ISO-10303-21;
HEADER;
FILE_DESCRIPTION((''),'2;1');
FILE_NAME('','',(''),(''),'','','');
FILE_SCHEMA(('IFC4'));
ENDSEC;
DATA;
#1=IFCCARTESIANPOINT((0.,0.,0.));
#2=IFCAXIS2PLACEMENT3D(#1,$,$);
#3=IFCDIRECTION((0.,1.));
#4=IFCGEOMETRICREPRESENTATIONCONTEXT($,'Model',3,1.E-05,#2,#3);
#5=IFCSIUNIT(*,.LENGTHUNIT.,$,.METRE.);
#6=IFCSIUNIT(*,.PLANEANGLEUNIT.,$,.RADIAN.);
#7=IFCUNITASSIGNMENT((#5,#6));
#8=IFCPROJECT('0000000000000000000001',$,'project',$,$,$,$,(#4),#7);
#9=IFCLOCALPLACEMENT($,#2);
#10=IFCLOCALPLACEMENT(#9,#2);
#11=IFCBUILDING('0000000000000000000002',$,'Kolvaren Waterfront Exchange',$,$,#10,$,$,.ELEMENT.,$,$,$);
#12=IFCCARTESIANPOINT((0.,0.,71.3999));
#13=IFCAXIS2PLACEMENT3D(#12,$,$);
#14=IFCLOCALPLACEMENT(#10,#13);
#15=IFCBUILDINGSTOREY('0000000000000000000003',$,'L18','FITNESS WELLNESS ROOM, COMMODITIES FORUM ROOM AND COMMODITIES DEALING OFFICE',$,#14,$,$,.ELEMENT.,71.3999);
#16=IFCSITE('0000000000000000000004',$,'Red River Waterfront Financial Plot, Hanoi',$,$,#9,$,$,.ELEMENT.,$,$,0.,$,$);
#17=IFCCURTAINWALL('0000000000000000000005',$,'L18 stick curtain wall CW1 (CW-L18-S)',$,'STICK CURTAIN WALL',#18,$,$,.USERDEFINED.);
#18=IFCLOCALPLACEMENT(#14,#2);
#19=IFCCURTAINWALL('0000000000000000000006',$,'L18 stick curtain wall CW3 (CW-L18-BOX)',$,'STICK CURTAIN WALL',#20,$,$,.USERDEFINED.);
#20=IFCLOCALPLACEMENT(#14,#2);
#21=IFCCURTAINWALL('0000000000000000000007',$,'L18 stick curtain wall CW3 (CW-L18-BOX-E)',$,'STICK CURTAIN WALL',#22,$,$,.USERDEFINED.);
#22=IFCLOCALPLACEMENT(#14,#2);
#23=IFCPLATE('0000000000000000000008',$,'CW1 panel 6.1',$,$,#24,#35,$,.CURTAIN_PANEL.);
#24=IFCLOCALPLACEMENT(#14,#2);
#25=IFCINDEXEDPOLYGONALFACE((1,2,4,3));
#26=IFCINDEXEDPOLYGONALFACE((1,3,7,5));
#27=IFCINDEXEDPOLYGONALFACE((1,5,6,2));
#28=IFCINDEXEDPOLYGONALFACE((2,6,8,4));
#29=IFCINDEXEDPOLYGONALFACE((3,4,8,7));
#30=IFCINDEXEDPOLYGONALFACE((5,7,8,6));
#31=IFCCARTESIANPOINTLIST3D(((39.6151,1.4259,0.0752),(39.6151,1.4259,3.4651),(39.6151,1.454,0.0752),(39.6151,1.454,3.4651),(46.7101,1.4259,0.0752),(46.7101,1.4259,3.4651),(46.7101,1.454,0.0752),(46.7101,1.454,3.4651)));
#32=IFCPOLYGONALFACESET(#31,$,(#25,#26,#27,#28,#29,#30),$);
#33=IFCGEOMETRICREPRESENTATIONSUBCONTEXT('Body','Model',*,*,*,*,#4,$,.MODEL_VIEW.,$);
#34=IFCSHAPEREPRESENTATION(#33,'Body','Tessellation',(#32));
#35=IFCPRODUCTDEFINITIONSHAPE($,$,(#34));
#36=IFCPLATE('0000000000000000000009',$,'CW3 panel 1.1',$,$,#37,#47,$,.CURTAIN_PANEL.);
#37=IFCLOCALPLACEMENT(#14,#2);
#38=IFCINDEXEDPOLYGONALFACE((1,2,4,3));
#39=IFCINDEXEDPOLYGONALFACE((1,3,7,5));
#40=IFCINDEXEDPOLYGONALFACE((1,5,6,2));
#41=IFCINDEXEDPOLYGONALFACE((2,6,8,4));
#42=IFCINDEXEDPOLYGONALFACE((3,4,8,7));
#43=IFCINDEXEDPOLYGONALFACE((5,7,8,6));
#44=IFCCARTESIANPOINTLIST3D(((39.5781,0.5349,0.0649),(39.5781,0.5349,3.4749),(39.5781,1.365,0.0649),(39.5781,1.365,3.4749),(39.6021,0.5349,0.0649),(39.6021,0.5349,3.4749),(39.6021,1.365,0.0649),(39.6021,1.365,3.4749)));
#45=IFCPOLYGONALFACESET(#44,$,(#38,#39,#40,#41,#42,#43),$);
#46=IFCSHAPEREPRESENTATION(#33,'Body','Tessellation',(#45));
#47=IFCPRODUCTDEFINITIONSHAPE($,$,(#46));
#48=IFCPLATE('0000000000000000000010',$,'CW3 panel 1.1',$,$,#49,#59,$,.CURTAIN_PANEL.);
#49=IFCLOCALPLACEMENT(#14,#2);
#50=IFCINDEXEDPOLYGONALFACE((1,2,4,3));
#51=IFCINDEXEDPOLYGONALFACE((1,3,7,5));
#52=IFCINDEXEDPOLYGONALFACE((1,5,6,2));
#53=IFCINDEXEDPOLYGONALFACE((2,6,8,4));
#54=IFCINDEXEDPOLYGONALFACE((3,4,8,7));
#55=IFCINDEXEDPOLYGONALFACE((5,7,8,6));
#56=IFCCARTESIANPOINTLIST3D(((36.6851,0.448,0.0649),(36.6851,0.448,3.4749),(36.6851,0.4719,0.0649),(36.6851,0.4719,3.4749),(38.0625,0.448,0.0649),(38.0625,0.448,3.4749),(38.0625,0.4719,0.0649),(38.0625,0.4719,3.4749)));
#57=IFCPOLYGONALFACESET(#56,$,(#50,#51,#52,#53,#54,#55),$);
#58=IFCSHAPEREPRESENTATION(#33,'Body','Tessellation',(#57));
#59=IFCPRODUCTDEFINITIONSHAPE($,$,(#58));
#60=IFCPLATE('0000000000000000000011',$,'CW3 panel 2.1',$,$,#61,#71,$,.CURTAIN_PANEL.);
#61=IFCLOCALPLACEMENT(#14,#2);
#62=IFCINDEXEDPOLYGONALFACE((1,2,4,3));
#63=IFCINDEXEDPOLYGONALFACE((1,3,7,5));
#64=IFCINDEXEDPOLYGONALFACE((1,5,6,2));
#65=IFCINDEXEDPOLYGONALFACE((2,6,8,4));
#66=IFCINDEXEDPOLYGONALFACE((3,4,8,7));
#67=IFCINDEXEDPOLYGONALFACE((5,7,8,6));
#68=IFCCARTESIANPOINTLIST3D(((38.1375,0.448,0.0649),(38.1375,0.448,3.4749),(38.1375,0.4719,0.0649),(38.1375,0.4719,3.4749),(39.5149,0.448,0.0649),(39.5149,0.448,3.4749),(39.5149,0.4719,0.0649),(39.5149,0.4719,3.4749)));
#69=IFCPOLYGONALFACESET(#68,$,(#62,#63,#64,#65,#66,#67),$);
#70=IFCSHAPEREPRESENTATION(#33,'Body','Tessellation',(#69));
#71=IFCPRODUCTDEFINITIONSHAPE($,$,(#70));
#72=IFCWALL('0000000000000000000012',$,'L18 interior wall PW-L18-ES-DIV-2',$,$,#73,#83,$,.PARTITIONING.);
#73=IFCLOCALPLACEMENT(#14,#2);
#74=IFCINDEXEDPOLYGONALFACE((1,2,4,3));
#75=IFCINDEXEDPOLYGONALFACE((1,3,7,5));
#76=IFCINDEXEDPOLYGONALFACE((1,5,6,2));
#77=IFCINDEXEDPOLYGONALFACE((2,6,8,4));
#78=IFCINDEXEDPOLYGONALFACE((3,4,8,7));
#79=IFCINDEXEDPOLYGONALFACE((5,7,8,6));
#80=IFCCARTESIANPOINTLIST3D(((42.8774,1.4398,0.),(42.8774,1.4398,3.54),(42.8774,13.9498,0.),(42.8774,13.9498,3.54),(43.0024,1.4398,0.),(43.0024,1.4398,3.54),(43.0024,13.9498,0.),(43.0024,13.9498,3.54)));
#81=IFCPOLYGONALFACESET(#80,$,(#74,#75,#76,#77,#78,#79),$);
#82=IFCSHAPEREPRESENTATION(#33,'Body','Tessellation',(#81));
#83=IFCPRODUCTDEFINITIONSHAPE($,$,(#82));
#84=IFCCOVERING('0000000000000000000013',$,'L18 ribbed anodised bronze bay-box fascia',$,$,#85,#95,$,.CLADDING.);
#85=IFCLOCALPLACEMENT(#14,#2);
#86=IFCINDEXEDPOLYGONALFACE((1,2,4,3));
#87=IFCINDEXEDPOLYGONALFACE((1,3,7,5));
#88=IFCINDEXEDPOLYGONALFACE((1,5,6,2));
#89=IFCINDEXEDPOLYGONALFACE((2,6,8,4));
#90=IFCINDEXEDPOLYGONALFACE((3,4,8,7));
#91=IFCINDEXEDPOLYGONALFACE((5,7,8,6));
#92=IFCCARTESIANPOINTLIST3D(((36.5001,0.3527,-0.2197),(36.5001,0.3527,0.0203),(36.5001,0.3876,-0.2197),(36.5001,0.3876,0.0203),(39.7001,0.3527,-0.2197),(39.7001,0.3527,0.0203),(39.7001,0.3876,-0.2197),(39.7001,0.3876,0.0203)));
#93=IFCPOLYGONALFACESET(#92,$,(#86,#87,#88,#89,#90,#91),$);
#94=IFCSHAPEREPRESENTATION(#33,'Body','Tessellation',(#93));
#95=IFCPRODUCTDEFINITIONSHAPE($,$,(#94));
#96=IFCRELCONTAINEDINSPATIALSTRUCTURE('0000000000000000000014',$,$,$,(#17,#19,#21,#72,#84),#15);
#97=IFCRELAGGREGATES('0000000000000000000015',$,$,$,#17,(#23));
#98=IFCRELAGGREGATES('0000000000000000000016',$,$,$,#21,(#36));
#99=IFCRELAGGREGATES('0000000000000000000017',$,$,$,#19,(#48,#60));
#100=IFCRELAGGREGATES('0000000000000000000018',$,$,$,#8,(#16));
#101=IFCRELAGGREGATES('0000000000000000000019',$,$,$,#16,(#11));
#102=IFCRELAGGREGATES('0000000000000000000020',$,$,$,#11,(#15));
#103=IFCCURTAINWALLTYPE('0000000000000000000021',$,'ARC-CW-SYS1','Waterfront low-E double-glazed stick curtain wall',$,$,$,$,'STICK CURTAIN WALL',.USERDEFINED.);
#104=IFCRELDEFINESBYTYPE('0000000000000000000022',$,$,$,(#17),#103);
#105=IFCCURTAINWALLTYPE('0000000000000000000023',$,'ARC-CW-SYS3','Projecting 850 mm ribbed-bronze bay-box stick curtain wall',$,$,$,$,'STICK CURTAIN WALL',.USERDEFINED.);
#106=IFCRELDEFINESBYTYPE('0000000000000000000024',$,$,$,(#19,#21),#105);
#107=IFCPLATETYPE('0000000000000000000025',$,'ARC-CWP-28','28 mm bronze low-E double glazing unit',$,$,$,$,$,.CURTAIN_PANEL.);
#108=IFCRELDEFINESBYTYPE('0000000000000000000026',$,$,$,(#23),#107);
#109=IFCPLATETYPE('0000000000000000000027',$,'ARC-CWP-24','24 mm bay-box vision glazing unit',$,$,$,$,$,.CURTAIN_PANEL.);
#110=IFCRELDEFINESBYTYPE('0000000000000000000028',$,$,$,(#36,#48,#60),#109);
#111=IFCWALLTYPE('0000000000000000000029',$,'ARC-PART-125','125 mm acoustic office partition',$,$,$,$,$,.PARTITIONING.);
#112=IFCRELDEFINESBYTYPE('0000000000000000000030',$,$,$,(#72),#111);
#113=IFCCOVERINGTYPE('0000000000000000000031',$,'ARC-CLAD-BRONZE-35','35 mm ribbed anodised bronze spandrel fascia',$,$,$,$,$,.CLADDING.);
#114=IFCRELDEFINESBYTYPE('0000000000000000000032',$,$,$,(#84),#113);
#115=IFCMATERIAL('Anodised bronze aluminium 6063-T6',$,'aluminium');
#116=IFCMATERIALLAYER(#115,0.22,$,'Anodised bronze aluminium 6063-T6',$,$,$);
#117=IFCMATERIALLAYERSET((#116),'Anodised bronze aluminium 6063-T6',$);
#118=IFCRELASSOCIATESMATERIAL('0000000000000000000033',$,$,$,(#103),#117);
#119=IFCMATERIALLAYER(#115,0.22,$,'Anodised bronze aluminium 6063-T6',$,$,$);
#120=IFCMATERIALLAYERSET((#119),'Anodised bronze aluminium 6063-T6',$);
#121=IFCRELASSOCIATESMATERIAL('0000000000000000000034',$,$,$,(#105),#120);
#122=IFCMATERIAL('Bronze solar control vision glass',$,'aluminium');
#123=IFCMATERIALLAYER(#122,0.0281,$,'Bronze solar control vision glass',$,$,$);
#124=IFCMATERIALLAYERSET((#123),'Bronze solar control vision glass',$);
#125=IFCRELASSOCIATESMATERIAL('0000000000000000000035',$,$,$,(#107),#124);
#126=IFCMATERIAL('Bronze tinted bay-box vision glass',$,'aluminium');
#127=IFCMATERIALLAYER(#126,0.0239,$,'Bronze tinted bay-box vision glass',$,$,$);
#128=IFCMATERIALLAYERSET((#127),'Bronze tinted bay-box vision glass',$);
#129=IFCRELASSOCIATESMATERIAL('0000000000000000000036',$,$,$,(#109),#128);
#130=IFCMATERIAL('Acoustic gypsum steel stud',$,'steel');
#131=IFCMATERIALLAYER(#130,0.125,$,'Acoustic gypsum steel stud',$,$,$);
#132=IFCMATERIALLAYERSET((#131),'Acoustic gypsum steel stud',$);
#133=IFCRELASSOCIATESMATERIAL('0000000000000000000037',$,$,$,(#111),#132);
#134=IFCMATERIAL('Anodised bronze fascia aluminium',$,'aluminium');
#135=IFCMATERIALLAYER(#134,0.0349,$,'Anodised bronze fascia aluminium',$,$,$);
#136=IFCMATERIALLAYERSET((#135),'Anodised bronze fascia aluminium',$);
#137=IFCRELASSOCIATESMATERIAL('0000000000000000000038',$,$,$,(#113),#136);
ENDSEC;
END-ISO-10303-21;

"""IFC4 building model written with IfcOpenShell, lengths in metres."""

from ifc_helpers import new_model, si_unit, direction, frame, frame_2d, origin, origin_with_axes, origin_2d, place, context, subcontext, project, spatial, rectangle, extrude, source, transform, mapped, material, layer, layer_set, type_object, element, aggregate, save


model = new_model("IFC4")

# Units and contexts
model_context = context("Model", 3, precision=1e-05, world=origin(), true_north=direction((0.0, 1.0)))
body_context = subcontext(model_context, "Body", "Model", "MODEL_VIEW")
ifc_project = project(units=[si_unit("LENGTHUNIT", "METRE"), si_unit("PLANEANGLEUNIT", "RADIAN")], contexts=[model_context])

# Site, building, storey
site_placement = place(None, origin())
site = spatial("IfcSite", under=ifc_project, at=site_placement, Name="Red River Waterfront Financial Plot, Hanoi", CompositionType="ELEMENT", RefElevation=0.0)
building_placement = place(site_placement, origin())
building = spatial("IfcBuilding", under=site, at=building_placement, Name="Kolvaren Waterfront Exchange", CompositionType="ELEMENT")
storey_placement = place(building_placement, frame((0.0, 0.0, 71.3999)))
storey = spatial("IfcBuildingStorey", under=building, at=storey_placement, Name="L18", Description="FITNESS WELLNESS ROOM, COMMODITIES FORUM ROOM AND COMMODITIES DEALING OFFICE", CompositionType="ELEMENT", Elevation=71.3999)

# Curtain walls
ifc_material_1 = material(Name="Anodised bronze aluminium 6063-T6", Category="aluminium")
ifc_layer_1 = layer(ifc_material_1, 0.22, Name="Anodised bronze aluminium 6063-T6")
ifc_layer_set_1 = layer_set([ifc_layer_1], Name="Anodised bronze aluminium 6063-T6")
curtain_wall_type_1 = type_object("IfcCurtainWallType", Name="ARC-CW-SYS1", Description="Waterfront low-E double-glazed stick curtain wall", ElementType="STICK CURTAIN WALL", PredefinedType="USERDEFINED", material=ifc_layer_set_1)
curtain_wall_1_placement = place(storey_placement, origin())
curtain_wall_1 = element("IfcCurtainWall", 1, at=curtain_wall_1_placement, inside=storey, type_object=curtain_wall_type_1, Name="L18 stick curtain wall CW1 (CW-L18-S)", ObjectType="STICK CURTAIN WALL", PredefinedType="USERDEFINED")
ifc_layer_2 = layer(ifc_material_1, 0.22, Name="Anodised bronze aluminium 6063-T6")
ifc_layer_set_2 = layer_set([ifc_layer_2], Name="Anodised bronze aluminium 6063-T6")
curtain_wall_type_2 = type_object("IfcCurtainWallType", Name="ARC-CW-SYS3", Description="Projecting 850 mm ribbed-bronze bay-box stick curtain wall", ElementType="STICK CURTAIN WALL", PredefinedType="USERDEFINED", material=ifc_layer_set_2)
curtain_wall_2_placement = place(storey_placement, origin())
curtain_wall_2 = element("IfcCurtainWall", 2, at=curtain_wall_2_placement, inside=storey, type_object=curtain_wall_type_2, Name="L18 stick curtain wall CW3 (CW-L18-BOX)", ObjectType="STICK CURTAIN WALL", PredefinedType="USERDEFINED")
curtain_wall_3_placement = place(storey_placement, origin())
curtain_wall_3 = element("IfcCurtainWall", 3, at=curtain_wall_3_placement, inside=storey, type_object=curtain_wall_type_2, Name="L18 stick curtain wall CW3 (CW-L18-BOX-E)", ObjectType="STICK CURTAIN WALL", PredefinedType="USERDEFINED")

# Plates
ifc_material_2 = material(Name="Bronze solar control vision glass", Category="aluminium")
ifc_layer_3 = layer(ifc_material_2, 0.0281, Name="Bronze solar control vision glass")
ifc_layer_set_3 = layer_set([ifc_layer_3], Name="Bronze solar control vision glass")
plate_type_1 = type_object("IfcPlateType", Name="ARC-CWP-28", Description="28 mm bronze low-E double glazing unit", PredefinedType="CURTAIN_PANEL", material=ifc_layer_set_3)
shared_shape_1 = source(origin_with_axes(), body_context, "Body", "SweptSolid", [
    extrude(rectangle(XDim=7.095, YDim=0.0281, at=origin_2d()), origin(), (0.0, 0.0, 1.0), 3.3899),
])
plate_1_placement = place(storey_placement, frame((43.1626, 1.4399, 0.0752), z_axis=(0.0, 0.0, 1.0), x_axis=(1.0, 0.0, 0.0)))
plate_1 = element("IfcPlate", 4, at=plate_1_placement, type_object=plate_type_1, Name="CW1 panel 6.1", PredefinedType="CURTAIN_PANEL", context=body_context, shape_type="MappedRepresentation", body=[
    mapped(shared_shape_1, transform((0.0, 0.0, 0.0), x_axis=(1.0, 0.0, 0.0), y_axis=(0.0, 1.0, 0.0), z_axis=(0.0, 0.0, 1.0), scale=1.0)),
])
aggregate(curtain_wall_1, [plate_1])
ifc_material_3 = material(Name="Bronze tinted bay-box vision glass", Category="aluminium")
ifc_layer_4 = layer(ifc_material_3, 0.0239, Name="Bronze tinted bay-box vision glass")
ifc_layer_set_4 = layer_set([ifc_layer_4], Name="Bronze tinted bay-box vision glass")
plate_type_2 = type_object("IfcPlateType", Name="ARC-CWP-24", Description="24 mm bay-box vision glazing unit", PredefinedType="CURTAIN_PANEL", material=ifc_layer_set_4)
shared_shape_2 = source(origin_with_axes(), body_context, "Body", "SweptSolid", [
    extrude(rectangle(XDim=0.8301, YDim=0.0239, at=origin_2d()), origin(), (0.0, 0.0, 1.0), 3.4099),
])
plate_2_placement = place(storey_placement, frame((39.5901, 0.95, 0.0649), z_axis=(0.0, 0.0, 1.0), x_axis=(0.0, 1.0, 0.0)))
plate_2 = element("IfcPlate", 5, at=plate_2_placement, type_object=plate_type_2, Name="CW3 panel 1.1", PredefinedType="CURTAIN_PANEL", context=body_context, shape_type="MappedRepresentation", body=[
    mapped(shared_shape_2, transform((0.0, 0.0, 0.0), x_axis=(1.0, 0.0, 0.0), y_axis=(0.0, 1.0, 0.0), z_axis=(0.0, 0.0, 1.0), scale=1.0)),
])
aggregate(curtain_wall_3, [plate_2])
shared_shape_3 = source(origin_with_axes(), body_context, "Body", "SweptSolid", [
    extrude(rectangle(XDim=1.3774, YDim=0.0239, at=origin_2d()), origin(), (0.0, 0.0, 1.0), 3.4099),
])
plate_3_placement = place(storey_placement, frame((37.3738, 0.46, 0.0649), z_axis=(0.0, 0.0, 1.0), x_axis=(1.0, 0.0, 0.0)))
plate_3 = element("IfcPlate", 6, at=plate_3_placement, type_object=plate_type_2, Name="CW3 panel 1.1", PredefinedType="CURTAIN_PANEL", context=body_context, shape_type="MappedRepresentation", body=[
    mapped(shared_shape_3, transform((0.0, 0.0, 0.0), x_axis=(1.0, 0.0, 0.0), y_axis=(0.0, 1.0, 0.0), z_axis=(0.0, 0.0, 1.0), scale=1.0)),
])
plate_4_placement = place(storey_placement, frame((38.8262, 0.46, 0.0649), z_axis=(0.0, 0.0, 1.0), x_axis=(1.0, 0.0, 0.0)))
plate_4 = element("IfcPlate", 7, at=plate_4_placement, type_object=plate_type_2, Name="CW3 panel 2.1", PredefinedType="CURTAIN_PANEL", context=body_context, shape_type="MappedRepresentation", body=[
    mapped(shared_shape_3, transform((0.0, 0.0, 0.0), x_axis=(1.0, 0.0, 0.0), y_axis=(0.0, 1.0, 0.0), z_axis=(0.0, 0.0, 1.0), scale=1.0)),
])
aggregate(curtain_wall_2, [plate_3, plate_4])

# Wall
ifc_material_4 = material(Name="Acoustic gypsum steel stud", Category="steel")
ifc_layer_5 = layer(ifc_material_4, 0.125, Name="Acoustic gypsum steel stud")
ifc_layer_set_5 = layer_set([ifc_layer_5], Name="Acoustic gypsum steel stud")
wall_type = type_object("IfcWallType", Name="ARC-PART-125", Description="125 mm acoustic office partition", PredefinedType="PARTITIONING", material=ifc_layer_set_5)
wall_placement = place(storey_placement, frame((42.9399, 1.4399, 0.0), z_axis=(0.0, 0.0, 1.0), x_axis=(0.0, 1.0, 0.0)))
element("IfcWall", 8, at=wall_placement, inside=storey, type_object=wall_type, Name="L18 interior wall PW-L18-ES-DIV-2", PredefinedType="PARTITIONING", context=body_context, shape_type="SweptSolid", body=[
    extrude(rectangle(XDim=12.51, YDim=0.125, at=frame_2d((6.2549, 0.0))), origin(), (0.0, 0.0, 1.0), 3.54),
])

# Covering
ifc_material_5 = material(Name="Anodised bronze fascia aluminium", Category="aluminium")
ifc_layer_6 = layer(ifc_material_5, 0.0349, Name="Anodised bronze fascia aluminium")
ifc_layer_set_6 = layer_set([ifc_layer_6], Name="Anodised bronze fascia aluminium")
covering_type = type_object("IfcCoveringType", Name="ARC-CLAD-BRONZE-35", Description="35 mm ribbed anodised bronze spandrel fascia", PredefinedType="CLADDING", material=ifc_layer_set_6)
covering_placement = place(storey_placement, frame((38.1001, 0.3701, -0.2197), z_axis=(0.0, 0.0, 1.0), x_axis=(1.0, 0.0, 0.0)))
element("IfcCovering", 9, at=covering_placement, inside=storey, type_object=covering_type, Name="L18 ribbed anodised bronze bay-box fascia", PredefinedType="CLADDING", context=body_context, shape_type="SweptSolid", body=[
    extrude(rectangle(XDim=3.2, YDim=0.0349, at=origin_2d()), origin(), (0.0, 0.0, 1.0), 0.24),
])

save(model, "model.ifc")
